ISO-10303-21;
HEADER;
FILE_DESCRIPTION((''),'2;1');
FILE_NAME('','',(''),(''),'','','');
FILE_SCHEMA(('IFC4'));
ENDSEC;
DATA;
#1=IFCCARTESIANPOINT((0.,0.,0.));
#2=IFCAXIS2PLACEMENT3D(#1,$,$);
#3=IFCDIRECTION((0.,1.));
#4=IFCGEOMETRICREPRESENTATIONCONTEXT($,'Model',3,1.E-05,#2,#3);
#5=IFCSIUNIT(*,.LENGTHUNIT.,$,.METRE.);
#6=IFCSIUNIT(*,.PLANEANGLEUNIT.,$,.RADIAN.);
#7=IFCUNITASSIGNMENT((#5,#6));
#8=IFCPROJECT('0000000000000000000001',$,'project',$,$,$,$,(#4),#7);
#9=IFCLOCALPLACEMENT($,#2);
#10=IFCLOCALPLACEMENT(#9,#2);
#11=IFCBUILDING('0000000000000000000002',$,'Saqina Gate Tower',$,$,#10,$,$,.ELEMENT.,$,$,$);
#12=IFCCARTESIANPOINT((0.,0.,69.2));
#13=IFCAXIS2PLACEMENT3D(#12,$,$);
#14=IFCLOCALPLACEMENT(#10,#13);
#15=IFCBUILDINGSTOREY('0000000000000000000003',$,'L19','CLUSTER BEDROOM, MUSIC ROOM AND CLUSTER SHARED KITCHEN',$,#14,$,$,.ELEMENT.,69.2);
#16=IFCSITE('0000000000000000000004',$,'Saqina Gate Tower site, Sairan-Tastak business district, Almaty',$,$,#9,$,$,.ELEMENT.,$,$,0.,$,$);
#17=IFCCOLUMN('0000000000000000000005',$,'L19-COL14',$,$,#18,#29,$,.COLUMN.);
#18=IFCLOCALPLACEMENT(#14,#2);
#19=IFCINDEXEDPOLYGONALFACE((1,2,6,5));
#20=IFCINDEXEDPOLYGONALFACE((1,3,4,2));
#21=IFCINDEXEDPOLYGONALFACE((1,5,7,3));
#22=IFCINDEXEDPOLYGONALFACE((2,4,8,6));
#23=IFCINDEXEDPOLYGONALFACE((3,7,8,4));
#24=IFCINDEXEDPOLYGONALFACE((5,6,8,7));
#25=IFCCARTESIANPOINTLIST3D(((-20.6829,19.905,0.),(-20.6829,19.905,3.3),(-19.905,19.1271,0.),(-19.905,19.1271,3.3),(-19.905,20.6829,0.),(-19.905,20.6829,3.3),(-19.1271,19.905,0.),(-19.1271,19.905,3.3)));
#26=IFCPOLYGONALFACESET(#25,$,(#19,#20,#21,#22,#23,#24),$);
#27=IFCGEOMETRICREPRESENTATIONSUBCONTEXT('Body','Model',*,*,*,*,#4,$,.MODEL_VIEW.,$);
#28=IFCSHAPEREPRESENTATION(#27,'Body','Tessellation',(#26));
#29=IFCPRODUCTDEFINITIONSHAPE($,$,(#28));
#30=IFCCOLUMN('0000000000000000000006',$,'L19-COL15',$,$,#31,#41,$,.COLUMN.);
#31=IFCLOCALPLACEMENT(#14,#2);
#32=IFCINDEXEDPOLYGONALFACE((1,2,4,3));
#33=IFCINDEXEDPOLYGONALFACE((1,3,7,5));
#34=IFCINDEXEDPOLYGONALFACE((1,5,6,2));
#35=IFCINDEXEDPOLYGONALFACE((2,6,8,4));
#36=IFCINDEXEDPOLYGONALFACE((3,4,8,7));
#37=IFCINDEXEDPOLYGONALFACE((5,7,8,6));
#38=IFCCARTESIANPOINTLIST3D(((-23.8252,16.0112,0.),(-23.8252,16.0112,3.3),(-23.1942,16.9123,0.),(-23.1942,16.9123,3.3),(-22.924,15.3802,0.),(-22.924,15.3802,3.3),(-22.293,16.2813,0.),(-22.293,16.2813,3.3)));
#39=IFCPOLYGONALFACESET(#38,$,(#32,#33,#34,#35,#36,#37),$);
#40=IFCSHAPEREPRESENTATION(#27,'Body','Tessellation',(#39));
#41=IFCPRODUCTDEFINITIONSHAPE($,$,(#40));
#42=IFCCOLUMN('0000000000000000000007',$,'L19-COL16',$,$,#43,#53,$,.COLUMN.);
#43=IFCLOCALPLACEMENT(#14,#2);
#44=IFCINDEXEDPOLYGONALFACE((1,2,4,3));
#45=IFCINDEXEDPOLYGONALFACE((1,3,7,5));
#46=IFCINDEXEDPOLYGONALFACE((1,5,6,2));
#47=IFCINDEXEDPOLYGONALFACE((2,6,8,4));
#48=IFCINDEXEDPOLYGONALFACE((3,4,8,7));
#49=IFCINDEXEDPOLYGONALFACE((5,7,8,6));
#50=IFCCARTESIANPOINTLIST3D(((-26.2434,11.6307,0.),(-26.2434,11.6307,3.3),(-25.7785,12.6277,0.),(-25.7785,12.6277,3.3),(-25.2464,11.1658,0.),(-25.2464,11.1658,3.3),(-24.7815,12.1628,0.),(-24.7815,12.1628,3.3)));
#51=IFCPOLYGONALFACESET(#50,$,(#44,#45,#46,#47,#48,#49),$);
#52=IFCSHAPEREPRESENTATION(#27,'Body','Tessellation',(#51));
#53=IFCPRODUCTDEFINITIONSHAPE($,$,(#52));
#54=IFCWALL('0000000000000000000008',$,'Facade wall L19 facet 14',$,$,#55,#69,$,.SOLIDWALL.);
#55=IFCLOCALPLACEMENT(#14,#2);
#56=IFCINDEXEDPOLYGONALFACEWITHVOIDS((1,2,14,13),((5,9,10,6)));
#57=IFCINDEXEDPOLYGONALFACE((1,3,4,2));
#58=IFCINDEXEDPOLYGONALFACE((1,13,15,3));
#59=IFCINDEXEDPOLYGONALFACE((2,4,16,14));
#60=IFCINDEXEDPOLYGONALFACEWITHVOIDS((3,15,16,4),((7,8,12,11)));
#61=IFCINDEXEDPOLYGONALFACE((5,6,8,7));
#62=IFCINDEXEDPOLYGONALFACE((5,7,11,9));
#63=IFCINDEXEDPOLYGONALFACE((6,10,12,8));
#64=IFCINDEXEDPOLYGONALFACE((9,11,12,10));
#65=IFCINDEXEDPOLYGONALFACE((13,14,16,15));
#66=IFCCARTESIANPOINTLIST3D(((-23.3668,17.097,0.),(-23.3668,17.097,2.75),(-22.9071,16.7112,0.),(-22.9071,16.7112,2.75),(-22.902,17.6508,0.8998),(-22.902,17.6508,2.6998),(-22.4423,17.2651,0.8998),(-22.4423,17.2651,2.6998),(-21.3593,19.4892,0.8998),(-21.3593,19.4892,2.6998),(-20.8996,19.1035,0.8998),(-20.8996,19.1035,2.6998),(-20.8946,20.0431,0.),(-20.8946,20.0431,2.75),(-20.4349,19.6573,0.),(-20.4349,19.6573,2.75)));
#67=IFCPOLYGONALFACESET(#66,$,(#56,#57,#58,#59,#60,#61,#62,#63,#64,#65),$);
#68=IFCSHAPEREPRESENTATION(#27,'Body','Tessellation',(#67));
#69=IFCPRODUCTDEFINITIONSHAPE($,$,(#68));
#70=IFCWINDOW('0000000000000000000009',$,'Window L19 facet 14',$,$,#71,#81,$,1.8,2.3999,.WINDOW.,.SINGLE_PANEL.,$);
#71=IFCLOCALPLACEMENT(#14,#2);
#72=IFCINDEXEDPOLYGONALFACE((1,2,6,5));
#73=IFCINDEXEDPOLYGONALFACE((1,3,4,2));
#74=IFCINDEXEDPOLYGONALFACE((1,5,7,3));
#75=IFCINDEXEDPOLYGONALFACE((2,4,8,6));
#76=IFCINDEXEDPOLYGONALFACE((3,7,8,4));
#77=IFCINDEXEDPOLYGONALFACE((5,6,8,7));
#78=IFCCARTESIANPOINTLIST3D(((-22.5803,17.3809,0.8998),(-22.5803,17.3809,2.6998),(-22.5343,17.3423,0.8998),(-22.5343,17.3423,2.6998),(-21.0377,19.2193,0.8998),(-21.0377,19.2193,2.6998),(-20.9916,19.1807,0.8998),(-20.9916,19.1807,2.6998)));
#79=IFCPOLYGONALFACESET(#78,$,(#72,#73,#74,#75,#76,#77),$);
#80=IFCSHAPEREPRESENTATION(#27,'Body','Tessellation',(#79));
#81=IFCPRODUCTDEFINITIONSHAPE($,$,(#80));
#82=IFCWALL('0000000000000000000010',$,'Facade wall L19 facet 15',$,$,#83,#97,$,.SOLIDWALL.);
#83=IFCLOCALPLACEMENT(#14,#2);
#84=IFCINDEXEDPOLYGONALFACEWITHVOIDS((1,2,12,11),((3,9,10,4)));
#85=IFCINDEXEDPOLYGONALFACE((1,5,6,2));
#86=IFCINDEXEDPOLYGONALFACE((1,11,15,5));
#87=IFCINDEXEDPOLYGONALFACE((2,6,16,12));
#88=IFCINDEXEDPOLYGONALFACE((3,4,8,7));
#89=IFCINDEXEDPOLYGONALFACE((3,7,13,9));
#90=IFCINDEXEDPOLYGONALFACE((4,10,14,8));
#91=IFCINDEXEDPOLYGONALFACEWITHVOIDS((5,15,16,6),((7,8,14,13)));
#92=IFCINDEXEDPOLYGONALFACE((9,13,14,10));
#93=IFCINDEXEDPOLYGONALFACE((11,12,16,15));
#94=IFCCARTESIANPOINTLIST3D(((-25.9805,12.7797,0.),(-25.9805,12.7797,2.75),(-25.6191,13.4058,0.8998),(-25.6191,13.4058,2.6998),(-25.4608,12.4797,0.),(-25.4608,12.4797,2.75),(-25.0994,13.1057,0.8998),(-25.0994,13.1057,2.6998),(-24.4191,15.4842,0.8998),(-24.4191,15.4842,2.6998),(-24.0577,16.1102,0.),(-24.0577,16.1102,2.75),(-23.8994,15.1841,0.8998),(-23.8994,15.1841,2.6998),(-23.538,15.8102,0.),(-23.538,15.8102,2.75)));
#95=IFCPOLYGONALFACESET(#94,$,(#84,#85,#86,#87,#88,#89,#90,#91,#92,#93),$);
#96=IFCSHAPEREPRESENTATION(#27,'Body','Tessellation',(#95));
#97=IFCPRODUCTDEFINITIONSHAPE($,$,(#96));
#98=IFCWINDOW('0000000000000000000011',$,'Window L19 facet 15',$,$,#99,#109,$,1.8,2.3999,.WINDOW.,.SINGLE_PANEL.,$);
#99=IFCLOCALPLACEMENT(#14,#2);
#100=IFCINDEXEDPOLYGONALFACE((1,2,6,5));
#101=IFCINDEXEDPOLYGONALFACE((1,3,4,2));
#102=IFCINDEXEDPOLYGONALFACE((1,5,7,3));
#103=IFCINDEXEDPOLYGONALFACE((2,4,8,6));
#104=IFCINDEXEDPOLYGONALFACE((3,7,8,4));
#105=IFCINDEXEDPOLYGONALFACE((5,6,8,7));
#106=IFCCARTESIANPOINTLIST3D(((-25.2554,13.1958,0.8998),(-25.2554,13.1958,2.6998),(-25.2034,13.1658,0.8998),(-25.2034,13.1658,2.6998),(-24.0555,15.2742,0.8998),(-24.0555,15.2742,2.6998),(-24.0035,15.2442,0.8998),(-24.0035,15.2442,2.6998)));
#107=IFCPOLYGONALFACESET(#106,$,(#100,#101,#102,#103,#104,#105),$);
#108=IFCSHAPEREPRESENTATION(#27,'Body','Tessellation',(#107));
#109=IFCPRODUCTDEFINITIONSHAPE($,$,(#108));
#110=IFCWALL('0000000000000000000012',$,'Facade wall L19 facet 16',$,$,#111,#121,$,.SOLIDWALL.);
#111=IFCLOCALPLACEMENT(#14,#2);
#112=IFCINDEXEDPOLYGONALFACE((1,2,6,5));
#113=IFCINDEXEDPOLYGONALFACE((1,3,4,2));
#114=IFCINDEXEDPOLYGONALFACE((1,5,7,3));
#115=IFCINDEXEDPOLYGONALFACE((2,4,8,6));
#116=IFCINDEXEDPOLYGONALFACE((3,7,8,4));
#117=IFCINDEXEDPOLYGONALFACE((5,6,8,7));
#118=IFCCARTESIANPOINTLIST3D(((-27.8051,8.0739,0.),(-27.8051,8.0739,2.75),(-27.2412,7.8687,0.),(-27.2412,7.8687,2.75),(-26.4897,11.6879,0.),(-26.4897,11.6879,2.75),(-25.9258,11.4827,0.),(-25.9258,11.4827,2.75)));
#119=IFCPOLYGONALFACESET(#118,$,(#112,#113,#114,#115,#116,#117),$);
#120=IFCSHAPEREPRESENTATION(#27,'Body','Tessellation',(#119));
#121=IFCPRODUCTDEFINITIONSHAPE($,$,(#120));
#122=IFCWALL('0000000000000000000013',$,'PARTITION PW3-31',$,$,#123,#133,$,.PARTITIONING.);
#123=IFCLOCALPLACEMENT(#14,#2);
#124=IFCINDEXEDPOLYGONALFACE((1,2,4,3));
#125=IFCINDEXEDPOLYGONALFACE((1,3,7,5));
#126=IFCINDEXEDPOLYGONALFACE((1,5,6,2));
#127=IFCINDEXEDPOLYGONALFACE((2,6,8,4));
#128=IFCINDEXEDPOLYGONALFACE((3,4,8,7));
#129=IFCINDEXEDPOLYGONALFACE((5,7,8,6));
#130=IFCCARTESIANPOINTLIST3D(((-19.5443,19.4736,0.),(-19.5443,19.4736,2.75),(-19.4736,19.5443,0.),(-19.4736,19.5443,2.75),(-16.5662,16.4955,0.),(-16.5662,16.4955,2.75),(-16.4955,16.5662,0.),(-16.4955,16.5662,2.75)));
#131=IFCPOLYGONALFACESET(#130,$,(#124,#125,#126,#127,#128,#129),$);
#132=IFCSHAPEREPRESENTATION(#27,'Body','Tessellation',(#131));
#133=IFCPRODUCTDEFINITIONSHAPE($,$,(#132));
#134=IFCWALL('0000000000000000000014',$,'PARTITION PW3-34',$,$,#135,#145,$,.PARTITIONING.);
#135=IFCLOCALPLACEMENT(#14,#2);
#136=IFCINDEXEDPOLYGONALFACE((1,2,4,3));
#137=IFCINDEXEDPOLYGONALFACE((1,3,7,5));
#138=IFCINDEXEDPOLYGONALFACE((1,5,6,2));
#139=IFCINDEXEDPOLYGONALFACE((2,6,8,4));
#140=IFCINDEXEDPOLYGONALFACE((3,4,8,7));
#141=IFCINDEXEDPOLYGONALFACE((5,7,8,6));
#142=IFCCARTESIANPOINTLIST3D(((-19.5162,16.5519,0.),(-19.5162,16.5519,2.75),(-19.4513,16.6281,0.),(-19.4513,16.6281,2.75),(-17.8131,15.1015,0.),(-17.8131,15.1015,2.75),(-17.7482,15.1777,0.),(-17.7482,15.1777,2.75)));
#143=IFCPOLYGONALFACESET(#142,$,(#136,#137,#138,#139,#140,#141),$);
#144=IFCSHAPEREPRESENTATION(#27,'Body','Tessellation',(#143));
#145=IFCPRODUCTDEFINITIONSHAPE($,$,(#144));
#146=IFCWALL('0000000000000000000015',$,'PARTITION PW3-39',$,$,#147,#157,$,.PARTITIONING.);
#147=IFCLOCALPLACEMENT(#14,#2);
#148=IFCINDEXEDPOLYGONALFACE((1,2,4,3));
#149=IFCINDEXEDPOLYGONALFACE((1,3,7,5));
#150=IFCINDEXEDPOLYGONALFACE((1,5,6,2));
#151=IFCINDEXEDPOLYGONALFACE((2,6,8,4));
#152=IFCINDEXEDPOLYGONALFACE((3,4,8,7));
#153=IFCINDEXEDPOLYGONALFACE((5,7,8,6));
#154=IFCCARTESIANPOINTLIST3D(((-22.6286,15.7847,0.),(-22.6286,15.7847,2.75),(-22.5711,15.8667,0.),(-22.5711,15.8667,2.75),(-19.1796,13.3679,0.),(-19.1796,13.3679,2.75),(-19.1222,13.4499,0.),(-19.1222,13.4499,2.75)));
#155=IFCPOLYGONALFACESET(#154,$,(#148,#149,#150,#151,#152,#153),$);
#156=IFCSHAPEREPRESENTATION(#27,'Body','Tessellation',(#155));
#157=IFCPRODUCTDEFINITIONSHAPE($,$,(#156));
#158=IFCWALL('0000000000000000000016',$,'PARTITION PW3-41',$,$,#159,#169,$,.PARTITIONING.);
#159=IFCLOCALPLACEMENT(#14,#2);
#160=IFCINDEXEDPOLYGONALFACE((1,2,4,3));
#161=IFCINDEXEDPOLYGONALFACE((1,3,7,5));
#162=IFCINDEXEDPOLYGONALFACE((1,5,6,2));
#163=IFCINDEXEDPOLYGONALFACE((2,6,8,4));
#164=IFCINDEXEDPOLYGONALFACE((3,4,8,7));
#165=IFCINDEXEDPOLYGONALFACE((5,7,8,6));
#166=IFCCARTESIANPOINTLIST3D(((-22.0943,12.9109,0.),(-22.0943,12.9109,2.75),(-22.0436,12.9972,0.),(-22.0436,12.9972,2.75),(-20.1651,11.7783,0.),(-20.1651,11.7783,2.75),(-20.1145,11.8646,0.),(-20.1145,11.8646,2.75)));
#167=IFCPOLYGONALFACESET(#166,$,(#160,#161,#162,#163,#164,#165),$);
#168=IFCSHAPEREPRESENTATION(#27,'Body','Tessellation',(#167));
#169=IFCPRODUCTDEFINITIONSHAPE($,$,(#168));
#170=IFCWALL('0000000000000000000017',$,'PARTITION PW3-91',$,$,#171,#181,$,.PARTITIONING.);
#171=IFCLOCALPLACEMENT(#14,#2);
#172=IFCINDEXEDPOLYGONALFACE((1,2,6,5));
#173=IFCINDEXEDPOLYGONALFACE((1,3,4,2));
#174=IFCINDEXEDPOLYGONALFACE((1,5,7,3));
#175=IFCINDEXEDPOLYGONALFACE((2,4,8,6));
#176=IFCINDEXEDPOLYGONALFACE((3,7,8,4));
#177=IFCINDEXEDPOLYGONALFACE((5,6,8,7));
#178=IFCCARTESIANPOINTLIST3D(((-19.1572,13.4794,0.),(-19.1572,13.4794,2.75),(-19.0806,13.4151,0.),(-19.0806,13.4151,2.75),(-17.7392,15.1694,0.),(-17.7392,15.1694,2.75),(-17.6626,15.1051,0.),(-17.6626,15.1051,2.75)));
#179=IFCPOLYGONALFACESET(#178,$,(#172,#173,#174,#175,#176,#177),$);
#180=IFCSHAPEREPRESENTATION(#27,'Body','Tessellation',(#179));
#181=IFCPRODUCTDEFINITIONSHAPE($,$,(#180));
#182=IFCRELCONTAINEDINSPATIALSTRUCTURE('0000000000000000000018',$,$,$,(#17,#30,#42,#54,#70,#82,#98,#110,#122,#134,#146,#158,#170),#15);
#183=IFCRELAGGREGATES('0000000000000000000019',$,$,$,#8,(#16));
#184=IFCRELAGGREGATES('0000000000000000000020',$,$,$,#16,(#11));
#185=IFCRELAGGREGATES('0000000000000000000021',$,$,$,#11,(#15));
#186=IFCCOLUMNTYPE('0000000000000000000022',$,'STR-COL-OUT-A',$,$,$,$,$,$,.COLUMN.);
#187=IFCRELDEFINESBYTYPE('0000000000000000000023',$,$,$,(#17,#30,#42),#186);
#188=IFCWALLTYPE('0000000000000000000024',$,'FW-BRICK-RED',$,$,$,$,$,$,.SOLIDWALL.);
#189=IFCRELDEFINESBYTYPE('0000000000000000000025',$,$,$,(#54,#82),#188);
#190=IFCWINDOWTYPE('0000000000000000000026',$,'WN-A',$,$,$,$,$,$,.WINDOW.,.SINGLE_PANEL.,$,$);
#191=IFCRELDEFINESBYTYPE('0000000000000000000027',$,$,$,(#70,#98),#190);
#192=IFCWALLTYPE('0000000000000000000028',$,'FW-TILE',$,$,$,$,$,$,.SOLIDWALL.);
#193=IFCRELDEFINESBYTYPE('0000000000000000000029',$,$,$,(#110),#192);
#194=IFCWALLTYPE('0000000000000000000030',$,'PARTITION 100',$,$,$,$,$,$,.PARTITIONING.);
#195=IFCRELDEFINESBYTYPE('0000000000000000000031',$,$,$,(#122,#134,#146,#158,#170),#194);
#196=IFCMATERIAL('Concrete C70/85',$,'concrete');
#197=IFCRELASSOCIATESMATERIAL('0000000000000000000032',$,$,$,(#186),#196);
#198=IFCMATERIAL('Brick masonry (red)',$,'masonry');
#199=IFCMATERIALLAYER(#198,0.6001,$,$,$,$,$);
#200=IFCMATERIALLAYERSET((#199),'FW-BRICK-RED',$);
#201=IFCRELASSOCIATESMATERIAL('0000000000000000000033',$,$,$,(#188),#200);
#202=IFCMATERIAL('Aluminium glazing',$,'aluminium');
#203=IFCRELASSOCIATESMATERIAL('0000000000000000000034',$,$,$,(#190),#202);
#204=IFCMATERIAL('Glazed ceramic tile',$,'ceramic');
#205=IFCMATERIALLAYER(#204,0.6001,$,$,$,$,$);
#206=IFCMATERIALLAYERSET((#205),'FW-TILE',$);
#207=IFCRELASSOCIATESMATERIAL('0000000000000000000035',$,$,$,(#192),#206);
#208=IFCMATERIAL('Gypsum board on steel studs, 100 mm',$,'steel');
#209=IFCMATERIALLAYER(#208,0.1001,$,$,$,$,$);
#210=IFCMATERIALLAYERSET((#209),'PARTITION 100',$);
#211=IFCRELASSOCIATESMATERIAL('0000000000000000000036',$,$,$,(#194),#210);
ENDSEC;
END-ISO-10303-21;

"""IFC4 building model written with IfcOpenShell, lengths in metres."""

from ifc_helpers import new_model, si_unit, direction, frame, frame_2d, origin, origin_2d, place, context, subcontext, project, spatial, rectangle, extrude, material, layer, layer_set, material_profile, profile_set, type_object, element, fill, save


model = new_model("IFC4")

# Units and contexts
model_context = context("Model", 3, precision=1e-05, world=origin(), true_north=direction((0.0, 1.0)))
body_context = subcontext(model_context, "Body", "Model", "MODEL_VIEW")
ifc_project = project(units=[si_unit("LENGTHUNIT", "METRE"), si_unit("PLANEANGLEUNIT", "RADIAN")], contexts=[model_context])

# Site, building, storey
site_placement = place(None, origin())
site = spatial("IfcSite", under=ifc_project, at=site_placement, Name="Saqina Gate Tower site, Sairan-Tastak business district, Almaty", CompositionType="ELEMENT", RefElevation=0.0)
building_placement = place(site_placement, origin())
building = spatial("IfcBuilding", under=site, at=building_placement, Name="Saqina Gate Tower", CompositionType="ELEMENT")
storey_placement = place(building_placement, frame((0.0, 0.0, 69.2)))
storey = spatial("IfcBuildingStorey", under=building, at=storey_placement, Name="L19", Description="CLUSTER BEDROOM, MUSIC ROOM AND CLUSTER SHARED KITCHEN", CompositionType="ELEMENT", Elevation=69.2)

# Columns
ifc_material_1 = material(Name="Concrete C70/85", Category="concrete")
ifc_material_profile = material_profile(ifc_material_1, rectangle(XDim=1.1001, YDim=1.1001, at=origin_2d()), Name="RC 1100x1100")
ifc_profile_set = profile_set([ifc_material_profile], Name="Concrete C70/85")
column_type = type_object("IfcColumnType", Name="STR-COL-OUT-A", PredefinedType="COLUMN", material=ifc_profile_set)
for number, where, z_axis, x_axis, name in (
    (1, (-19.905, 19.905, 0.0), (0.0, 0.0, 1.0), (-0.707107, 0.707107, 0.0), "L19-COL14"),
    (2, (-23.0591, 16.1462, 0.0), (0.0, 0.0, 1.0), (-0.819152, 0.573576, 0.0), "L19-COL15"),
    (3, (-25.5125, 11.8967, 0.0), (0.0, 0.0, 1.0), (-0.906308, 0.422618, 0.0), "L19-COL16"),
):
    element("IfcColumn", number, at=place(storey_placement, frame(where, z_axis=z_axis, x_axis=x_axis)), inside=storey, type_object=column_type, Name=name, PredefinedType="COLUMN", context=body_context, shape_type="SweptSolid", body=[
        extrude(rectangle(XDim=1.1001, YDim=1.1001, at=origin_2d()), origin(), (0.0, 0.0, 1.0), 3.3),
    ])

# Walls, openings, windows
ifc_material_2 = material(Name="Brick masonry (red)", Category="masonry")
ifc_layer_1 = layer(ifc_material_2, 0.6001)
ifc_layer_set_1 = layer_set([ifc_layer_1], Name="FW-BRICK-RED")
wall_type_1 = type_object("IfcWallType", Name="FW-BRICK-RED", PredefinedType="SOLIDWALL", material=ifc_layer_set_1)
wall_1_placement = place(storey_placement, frame((-20.6648, 19.8501, 0.0), z_axis=(0.0, 0.0, 1.0), x_axis=(-0.642809, -0.766026, 0.0)))
wall_1 = element("IfcWall", 4, at=wall_1_placement, inside=storey, type_object=wall_type_1, Name="Facade wall L19 facet 14", PredefinedType="SOLIDWALL", context=body_context, shape_type="SweptSolid", body=[
    extrude(rectangle(XDim=3.8459, YDim=0.6001, at=frame_2d((1.9229, 0.0))), origin(), (0.0, 0.0, 1.0), 2.75),
])
opening_1_placement = place(wall_1_placement, frame((0.7229, 0.0, 0.8999)))
opening_1 = element("IfcOpeningElement", 5, at=opening_1_placement, cuts=wall_1, PredefinedType="OPENING", context=body_context, shape_type="SweptSolid", body=[
    extrude(rectangle(XDim=2.3999, YDim=1.8, at=frame_2d((1.2, 0.8999))), frame((0.0, 0.312, 0.0), z_axis=(0.0, -1.0, 0.0), x_axis=(1.0, 0.0, 0.0)), (0.0, 0.0, 1.0), 0.624),
])
ifc_material_3 = material(Name="Aluminium glazing", Category="aluminium")
window_type = type_object("IfcWindowType", Name="WN-A", PartitioningType="SINGLE_PANEL", PredefinedType="WINDOW", material=ifc_material_3)
window_1_placement = place(opening_1_placement, origin())
window_1 = element("IfcWindow", 6, at=window_1_placement, inside=storey, type_object=window_type, Name="Window L19 facet 14", OverallHeight=1.8, OverallWidth=2.3999, PartitioningType="SINGLE_PANEL", PredefinedType="WINDOW", context=body_context, shape_type="SweptSolid", body=[
    extrude(rectangle(XDim=2.3999, YDim=1.8, at=frame_2d((1.2, 0.8999))), frame((0.0, 0.1799, 0.0), z_axis=(0.0, -1.0, 0.0), x_axis=(1.0, 0.0, 0.0)), (0.0, 0.0, 1.0), 0.0601),
])
fill(opening_1, window_1)
wall_2_placement = place(storey_placement, frame((-23.7979, 15.9602, 0.0), z_axis=(0.0, 0.0, 1.0), x_axis=(-0.49999, -0.866031, 0.0)))
wall_2 = element("IfcWall", 7, at=wall_2_placement, inside=storey, type_object=wall_type_1, Name="Facade wall L19 facet 15", PredefinedType="SOLIDWALL", context=body_context, shape_type="SweptSolid", body=[
    extrude(rectangle(XDim=3.8457, YDim=0.6001, at=frame_2d((1.9229, 0.0))), origin(), (0.0, 0.0, 1.0), 2.75),
])
opening_2_placement = place(wall_2_placement, frame((0.7229, 0.0, 0.8999)))
opening_2 = element("IfcOpeningElement", 8, at=opening_2_placement, cuts=wall_2, PredefinedType="OPENING", context=body_context, shape_type="SweptSolid", body=[
    extrude(rectangle(XDim=2.3999, YDim=1.8, at=frame_2d((1.2, 0.8999))), frame((0.0, 0.312, 0.0), z_axis=(0.0, -1.0, 0.0), x_axis=(1.0, 0.0, 0.0)), (0.0, 0.0, 1.0), 0.624),
])
window_2_placement = place(opening_2_placement, origin())
window_2 = element("IfcWindow", 9, at=window_2_placement, inside=storey, type_object=window_type, Name="Window L19 facet 15", OverallHeight=1.8, OverallWidth=2.3999, PartitioningType="SINGLE_PANEL", PredefinedType="WINDOW", context=body_context, shape_type="SweptSolid", body=[
    extrude(rectangle(XDim=2.3999, YDim=1.8, at=frame_2d((1.2, 0.8999))), frame((0.0, 0.1799, 0.0), z_axis=(0.0, -1.0, 0.0), x_axis=(1.0, 0.0, 0.0)), (0.0, 0.0, 1.0), 0.0601),
])
fill(opening_2, window_2)

# Walls
ifc_material_4 = material(Name="Glazed ceramic tile", Category="ceramic")
ifc_layer_2 = layer(ifc_material_4, 0.6001)
ifc_layer_set_2 = layer_set([ifc_layer_2], Name="FW-TILE")
wall_type_2 = type_object("IfcWallType", Name="FW-TILE", PredefinedType="SOLIDWALL", material=ifc_layer_set_2)
wall_3_placement = place(storey_placement, frame((-26.2078, 11.5852, 0.0), z_axis=(0.0, 0.0, 1.0), x_axis=(-0.342028, -0.93969, 0.0)))
element("IfcWall", 10, at=wall_3_placement, inside=storey, type_object=wall_type_2, Name="Facade wall L19 facet 16", PredefinedType="SOLIDWALL", context=body_context, shape_type="SweptSolid", body=[
    extrude(rectangle(XDim=3.8459, YDim=0.6001, at=frame_2d((1.9229, 0.0))), origin(), (0.0, 0.0, 1.0), 2.75),
])
ifc_material_5 = material(Name="Gypsum board on steel studs, 100 mm", Category="steel")
ifc_layer_3 = layer(ifc_material_5, 0.1001)
ifc_layer_set_3 = layer_set([ifc_layer_3], Name="PARTITION 100")
wall_type_3 = type_object("IfcWallType", Name="PARTITION 100", PredefinedType="PARTITIONING", material=ifc_layer_set_3)
wall_4_placement = place(storey_placement, frame((-19.509, 19.509, 0.0), z_axis=(0.0, 0.0, 1.0), x_axis=(0.707107, -0.707107, 0.0)))
element("IfcWall", 11, at=wall_4_placement, inside=storey, type_object=wall_type_3, Name="PARTITION PW3-31", PredefinedType="PARTITIONING", context=body_context, shape_type="SweptSolid", body=[
    extrude(rectangle(XDim=4.2117, YDim=0.1001, at=frame_2d((2.106, 0.0))), origin(), (0.0, 0.0, 1.0), 2.75),
])
wall_5_placement = place(storey_placement, frame((-19.4839, 16.5901, 0.0), z_axis=(0.0, 0.0, 1.0), x_axis=(0.761325, -0.64837, 0.0)))
element("IfcWall", 12, at=wall_5_placement, inside=storey, type_object=wall_type_3, Name="PARTITION PW3-34", PredefinedType="PARTITIONING", context=body_context, shape_type="SweptSolid", body=[
    extrude(rectangle(XDim=2.2371, YDim=0.1001, at=frame_2d((1.1187, 0.0))), origin(), (0.0, 0.0, 1.0), 2.75),
])
wall_6_placement = place(storey_placement, frame((-22.5999, 15.8257, 0.0), z_axis=(0.0, 0.0, 1.0), x_axis=(0.818957, -0.573855, 0.0)))
element("IfcWall", 13, at=wall_6_placement, inside=storey, type_object=wall_type_3, Name="PARTITION PW3-39", PredefinedType="PARTITIONING", context=body_context, shape_type="SweptSolid", body=[
    extrude(rectangle(XDim=4.2114, YDim=0.1001, at=frame_2d((2.1057, 0.0))), origin(), (0.0, 0.0, 1.0), 2.75),
])
wall_7_placement = place(storey_placement, frame((-22.0691, 12.9541, 0.0), z_axis=(0.0, 0.0, 1.0), x_axis=(0.862374, -0.506271, 0.0)))
element("IfcWall", 14, at=wall_7_placement, inside=storey, type_object=wall_type_3, Name="PARTITION PW3-41", PredefinedType="PARTITIONING", context=body_context, shape_type="SweptSolid", body=[
    extrude(rectangle(XDim=2.2371, YDim=0.1001, at=frame_2d((1.1187, 0.0))), origin(), (0.0, 0.0, 1.0), 2.75),
])
wall_8_placement = place(storey_placement, frame((-19.1189, 13.4473, 0.0), z_axis=(0.0, 0.0, 1.0), x_axis=(0.642772, 0.766058, 0.0)))
element("IfcWall", 15, at=wall_8_placement, inside=storey, type_object=wall_type_3, Name="PARTITION PW3-91", PredefinedType="PARTITIONING", context=body_context, shape_type="SweptSolid", body=[
    extrude(rectangle(XDim=2.2061, YDim=0.1001, at=frame_2d((1.103, 0.0))), origin(), (0.0, 0.0, 1.0), 2.75),
])

save(model, "model.ifc")
